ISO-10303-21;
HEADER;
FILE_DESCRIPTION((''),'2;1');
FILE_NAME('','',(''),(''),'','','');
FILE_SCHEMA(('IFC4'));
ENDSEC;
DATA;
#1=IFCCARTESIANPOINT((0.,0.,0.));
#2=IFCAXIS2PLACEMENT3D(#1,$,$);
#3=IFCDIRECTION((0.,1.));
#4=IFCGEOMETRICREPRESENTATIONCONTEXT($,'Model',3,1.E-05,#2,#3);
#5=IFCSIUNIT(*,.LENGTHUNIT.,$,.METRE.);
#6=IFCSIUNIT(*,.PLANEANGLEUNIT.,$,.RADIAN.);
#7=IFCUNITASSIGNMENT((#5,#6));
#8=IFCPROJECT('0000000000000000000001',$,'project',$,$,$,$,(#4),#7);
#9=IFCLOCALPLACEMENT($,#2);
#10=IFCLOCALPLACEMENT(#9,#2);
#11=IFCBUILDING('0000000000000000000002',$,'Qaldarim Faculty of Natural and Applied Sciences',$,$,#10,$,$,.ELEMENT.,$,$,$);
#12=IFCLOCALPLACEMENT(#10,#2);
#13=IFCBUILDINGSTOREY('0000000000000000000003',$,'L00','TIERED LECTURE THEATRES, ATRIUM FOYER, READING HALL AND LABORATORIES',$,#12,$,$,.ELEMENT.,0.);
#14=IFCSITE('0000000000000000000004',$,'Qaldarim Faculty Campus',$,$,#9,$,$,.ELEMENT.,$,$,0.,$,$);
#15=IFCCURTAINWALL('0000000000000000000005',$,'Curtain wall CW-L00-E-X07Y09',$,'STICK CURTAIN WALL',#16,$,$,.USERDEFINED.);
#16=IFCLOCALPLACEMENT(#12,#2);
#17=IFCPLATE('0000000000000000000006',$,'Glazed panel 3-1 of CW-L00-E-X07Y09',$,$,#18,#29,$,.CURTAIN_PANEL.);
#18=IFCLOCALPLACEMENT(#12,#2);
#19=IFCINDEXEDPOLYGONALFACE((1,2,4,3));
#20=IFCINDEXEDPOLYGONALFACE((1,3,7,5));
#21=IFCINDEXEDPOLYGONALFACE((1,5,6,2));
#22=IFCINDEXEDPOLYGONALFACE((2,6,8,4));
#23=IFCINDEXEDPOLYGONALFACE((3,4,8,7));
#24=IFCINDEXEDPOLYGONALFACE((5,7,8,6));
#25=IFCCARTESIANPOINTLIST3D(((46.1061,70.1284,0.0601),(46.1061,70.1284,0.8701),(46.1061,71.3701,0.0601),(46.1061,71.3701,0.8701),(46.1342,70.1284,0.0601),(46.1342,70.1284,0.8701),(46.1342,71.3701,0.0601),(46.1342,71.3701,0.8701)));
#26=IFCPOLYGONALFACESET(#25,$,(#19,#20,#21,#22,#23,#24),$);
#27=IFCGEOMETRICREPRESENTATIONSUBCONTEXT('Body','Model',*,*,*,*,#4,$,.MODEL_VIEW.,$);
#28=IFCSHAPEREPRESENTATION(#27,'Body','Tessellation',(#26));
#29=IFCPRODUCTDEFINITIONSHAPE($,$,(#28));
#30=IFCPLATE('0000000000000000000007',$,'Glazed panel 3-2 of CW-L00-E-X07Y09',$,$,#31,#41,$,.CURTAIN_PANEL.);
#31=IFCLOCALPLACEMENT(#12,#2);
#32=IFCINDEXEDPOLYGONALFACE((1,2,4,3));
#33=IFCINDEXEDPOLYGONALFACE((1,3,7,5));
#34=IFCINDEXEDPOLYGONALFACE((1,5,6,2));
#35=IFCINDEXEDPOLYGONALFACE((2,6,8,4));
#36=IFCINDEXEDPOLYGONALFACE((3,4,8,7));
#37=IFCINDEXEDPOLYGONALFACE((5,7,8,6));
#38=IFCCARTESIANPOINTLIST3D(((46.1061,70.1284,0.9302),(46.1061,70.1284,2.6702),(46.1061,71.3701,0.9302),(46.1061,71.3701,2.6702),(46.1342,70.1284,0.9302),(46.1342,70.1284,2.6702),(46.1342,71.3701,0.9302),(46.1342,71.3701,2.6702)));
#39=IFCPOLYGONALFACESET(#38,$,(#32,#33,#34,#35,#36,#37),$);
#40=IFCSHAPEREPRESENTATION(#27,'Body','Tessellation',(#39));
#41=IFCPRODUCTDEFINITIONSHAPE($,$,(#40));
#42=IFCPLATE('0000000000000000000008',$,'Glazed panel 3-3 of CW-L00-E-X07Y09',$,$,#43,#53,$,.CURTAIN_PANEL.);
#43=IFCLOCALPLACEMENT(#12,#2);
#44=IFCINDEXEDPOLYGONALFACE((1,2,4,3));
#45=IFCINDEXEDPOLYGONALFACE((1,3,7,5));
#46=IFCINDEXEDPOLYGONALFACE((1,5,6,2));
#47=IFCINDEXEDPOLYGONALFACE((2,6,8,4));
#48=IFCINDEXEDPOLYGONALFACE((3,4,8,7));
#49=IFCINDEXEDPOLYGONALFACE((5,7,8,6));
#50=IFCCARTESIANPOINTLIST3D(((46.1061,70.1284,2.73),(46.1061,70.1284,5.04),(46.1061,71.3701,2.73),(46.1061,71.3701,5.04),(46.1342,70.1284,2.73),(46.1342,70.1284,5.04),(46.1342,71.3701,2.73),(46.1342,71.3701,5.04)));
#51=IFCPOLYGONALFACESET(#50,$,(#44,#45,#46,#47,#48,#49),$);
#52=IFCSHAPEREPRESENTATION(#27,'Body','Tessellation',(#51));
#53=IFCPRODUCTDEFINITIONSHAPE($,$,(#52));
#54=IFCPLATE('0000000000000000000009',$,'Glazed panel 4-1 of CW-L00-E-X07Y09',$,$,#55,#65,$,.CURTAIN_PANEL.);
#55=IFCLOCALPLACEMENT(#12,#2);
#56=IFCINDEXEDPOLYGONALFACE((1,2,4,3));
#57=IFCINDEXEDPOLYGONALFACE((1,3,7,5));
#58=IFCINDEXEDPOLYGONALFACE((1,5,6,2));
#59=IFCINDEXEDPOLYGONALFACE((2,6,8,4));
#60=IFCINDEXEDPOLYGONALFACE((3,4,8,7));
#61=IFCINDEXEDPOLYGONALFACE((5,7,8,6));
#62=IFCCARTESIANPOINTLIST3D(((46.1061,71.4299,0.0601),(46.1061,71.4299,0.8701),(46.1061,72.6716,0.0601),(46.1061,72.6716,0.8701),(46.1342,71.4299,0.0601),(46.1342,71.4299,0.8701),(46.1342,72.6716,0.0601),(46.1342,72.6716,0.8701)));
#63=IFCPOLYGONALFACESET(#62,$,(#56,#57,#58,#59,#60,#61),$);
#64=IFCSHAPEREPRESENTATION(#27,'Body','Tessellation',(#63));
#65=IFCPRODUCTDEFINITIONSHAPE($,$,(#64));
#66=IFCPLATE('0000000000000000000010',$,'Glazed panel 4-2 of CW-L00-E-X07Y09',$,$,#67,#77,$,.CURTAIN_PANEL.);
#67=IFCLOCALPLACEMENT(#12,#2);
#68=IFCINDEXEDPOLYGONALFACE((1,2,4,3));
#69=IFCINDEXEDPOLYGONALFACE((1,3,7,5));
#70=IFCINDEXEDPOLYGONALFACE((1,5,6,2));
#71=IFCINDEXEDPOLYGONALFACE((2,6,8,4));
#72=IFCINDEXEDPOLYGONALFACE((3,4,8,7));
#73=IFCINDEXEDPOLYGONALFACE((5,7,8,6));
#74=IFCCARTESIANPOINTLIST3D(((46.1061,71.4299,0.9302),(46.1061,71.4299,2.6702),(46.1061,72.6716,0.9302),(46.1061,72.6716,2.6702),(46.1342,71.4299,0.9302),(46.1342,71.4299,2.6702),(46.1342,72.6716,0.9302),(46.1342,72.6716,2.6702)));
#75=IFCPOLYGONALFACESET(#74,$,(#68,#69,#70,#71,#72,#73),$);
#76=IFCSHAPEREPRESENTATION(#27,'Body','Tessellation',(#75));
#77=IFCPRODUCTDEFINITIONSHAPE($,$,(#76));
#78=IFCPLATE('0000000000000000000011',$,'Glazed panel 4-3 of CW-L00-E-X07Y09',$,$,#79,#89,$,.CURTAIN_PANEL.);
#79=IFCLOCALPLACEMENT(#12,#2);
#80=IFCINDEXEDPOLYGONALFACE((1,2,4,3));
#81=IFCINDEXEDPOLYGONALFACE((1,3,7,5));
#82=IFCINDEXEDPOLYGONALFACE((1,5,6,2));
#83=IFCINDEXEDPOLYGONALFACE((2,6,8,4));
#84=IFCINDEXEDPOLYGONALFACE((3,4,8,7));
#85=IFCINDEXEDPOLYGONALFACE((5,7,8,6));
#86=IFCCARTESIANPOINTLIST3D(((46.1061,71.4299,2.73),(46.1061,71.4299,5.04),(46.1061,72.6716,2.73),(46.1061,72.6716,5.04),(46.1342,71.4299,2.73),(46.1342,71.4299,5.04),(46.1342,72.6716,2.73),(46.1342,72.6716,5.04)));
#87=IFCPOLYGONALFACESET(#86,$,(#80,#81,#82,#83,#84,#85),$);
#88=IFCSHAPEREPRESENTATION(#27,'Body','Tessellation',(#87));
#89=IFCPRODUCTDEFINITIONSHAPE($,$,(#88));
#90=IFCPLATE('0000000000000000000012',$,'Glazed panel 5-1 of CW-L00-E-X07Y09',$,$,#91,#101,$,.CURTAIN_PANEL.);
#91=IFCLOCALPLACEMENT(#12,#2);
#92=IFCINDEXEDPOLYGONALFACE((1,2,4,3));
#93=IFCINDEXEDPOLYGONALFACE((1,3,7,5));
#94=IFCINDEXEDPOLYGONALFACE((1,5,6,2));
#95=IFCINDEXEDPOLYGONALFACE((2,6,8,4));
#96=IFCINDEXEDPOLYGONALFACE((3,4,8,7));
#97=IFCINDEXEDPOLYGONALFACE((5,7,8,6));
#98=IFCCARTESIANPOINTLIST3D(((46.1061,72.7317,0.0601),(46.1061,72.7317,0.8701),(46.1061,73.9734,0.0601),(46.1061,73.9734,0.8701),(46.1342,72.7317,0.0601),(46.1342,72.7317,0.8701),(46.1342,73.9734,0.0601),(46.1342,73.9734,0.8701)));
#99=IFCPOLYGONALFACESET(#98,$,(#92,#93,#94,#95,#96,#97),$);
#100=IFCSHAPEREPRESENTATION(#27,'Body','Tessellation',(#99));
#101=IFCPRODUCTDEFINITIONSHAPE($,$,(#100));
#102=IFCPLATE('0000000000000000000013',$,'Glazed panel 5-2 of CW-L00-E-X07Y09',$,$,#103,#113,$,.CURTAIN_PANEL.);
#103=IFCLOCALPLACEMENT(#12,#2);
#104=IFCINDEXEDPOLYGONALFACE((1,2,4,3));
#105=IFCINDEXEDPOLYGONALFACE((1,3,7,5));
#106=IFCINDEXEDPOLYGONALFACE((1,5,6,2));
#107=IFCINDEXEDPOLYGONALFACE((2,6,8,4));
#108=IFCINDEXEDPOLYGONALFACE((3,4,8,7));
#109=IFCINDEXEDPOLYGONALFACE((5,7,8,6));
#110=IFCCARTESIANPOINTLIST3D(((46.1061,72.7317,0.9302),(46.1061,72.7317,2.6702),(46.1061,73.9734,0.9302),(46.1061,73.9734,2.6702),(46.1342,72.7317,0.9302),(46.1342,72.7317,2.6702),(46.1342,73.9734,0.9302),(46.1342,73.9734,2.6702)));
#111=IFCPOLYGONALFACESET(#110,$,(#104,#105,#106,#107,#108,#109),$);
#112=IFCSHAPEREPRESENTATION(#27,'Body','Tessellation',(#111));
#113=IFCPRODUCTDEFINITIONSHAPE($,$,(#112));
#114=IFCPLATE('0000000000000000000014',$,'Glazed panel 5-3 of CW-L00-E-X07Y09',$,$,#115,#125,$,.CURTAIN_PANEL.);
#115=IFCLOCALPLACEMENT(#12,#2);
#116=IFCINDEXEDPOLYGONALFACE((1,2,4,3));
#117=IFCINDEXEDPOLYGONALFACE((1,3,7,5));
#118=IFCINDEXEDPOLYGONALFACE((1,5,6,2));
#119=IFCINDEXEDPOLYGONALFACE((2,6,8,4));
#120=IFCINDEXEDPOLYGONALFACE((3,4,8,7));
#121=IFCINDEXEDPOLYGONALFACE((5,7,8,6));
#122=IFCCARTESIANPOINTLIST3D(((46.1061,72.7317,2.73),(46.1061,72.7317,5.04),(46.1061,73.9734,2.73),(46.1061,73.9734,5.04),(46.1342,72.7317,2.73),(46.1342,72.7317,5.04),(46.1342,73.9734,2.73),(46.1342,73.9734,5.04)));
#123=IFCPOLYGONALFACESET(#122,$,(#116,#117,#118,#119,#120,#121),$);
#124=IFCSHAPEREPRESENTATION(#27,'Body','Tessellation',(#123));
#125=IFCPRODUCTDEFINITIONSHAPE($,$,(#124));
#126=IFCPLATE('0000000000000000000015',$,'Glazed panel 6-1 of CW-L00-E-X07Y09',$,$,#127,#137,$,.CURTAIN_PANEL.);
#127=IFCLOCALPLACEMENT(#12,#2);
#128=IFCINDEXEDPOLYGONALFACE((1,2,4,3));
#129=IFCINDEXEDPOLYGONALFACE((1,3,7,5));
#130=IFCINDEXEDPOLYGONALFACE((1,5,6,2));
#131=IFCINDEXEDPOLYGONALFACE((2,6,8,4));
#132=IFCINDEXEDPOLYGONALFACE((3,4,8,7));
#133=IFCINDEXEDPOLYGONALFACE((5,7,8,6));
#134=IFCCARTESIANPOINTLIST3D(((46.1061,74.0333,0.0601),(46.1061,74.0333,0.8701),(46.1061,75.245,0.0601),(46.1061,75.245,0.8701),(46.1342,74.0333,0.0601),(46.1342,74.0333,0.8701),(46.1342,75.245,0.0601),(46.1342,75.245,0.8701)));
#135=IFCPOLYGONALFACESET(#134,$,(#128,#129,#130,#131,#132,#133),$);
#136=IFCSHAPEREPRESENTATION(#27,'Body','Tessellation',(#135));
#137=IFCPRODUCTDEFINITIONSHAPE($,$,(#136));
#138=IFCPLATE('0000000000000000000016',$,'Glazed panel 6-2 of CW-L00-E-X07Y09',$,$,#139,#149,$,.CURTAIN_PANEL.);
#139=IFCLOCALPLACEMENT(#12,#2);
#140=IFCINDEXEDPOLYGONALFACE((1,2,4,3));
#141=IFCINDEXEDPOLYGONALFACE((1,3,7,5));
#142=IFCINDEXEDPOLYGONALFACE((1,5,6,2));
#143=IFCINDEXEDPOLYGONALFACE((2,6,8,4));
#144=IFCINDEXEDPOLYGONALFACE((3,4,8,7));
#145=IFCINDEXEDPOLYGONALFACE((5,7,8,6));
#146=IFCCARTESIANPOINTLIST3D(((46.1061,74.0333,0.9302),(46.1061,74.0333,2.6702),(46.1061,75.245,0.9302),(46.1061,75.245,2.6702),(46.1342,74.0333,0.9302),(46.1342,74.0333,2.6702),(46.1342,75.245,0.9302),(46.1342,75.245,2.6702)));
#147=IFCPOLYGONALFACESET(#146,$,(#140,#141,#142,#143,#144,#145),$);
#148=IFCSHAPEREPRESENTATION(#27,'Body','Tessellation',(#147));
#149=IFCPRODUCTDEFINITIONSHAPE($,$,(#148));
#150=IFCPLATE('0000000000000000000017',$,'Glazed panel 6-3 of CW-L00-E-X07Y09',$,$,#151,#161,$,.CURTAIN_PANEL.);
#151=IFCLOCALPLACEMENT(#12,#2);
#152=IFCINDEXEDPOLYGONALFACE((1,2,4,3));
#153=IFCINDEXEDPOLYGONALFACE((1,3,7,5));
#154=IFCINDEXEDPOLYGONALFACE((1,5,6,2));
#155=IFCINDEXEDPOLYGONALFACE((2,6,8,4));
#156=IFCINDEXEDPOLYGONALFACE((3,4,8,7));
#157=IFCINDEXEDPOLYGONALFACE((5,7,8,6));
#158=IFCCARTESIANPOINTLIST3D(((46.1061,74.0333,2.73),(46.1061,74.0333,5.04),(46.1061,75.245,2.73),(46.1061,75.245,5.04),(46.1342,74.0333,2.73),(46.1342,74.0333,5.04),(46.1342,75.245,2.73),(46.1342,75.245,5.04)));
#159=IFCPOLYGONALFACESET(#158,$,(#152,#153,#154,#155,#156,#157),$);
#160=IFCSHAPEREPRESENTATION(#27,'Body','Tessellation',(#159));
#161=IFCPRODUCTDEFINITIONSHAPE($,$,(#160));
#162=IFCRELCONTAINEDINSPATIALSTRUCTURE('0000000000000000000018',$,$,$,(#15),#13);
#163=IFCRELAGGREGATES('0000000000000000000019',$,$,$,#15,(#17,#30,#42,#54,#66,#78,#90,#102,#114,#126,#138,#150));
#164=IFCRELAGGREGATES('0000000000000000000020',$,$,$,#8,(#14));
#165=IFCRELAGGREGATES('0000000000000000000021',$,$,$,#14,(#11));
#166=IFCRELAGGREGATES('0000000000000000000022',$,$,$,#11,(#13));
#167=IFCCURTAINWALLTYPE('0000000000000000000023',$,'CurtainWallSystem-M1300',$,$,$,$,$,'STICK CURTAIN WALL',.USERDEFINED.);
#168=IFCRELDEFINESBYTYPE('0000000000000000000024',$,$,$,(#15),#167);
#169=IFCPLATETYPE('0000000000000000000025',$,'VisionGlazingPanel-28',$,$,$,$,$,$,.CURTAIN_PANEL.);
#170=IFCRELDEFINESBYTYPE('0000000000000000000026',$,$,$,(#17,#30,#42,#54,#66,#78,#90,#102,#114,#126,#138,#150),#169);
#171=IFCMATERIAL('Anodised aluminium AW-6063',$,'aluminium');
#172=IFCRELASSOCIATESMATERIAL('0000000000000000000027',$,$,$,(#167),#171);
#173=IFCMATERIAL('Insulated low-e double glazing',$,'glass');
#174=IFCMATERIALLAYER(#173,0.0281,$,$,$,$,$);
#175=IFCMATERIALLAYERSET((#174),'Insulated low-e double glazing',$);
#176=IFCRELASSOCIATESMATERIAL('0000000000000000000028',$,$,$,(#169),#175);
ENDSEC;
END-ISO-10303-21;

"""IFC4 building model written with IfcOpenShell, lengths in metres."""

from ifc_helpers import new_model, si_unit, direction, frame, origin, origin_2d, place, context, subcontext, project, spatial, rectangle, extrude, material, layer, layer_set, type_object, element, aggregate, save


model = new_model("IFC4")

# Units and contexts
model_context = context("Model", 3, precision=1e-05, world=origin(), true_north=direction((0.0, 1.0)))
body_context = subcontext(model_context, "Body", "Model", "MODEL_VIEW")
ifc_project = project(units=[si_unit("LENGTHUNIT", "METRE"), si_unit("PLANEANGLEUNIT", "RADIAN")], contexts=[model_context])

# Site, building, storey
site_placement = place(None, origin())
site = spatial("IfcSite", under=ifc_project, at=site_placement, Name="Qaldarim Faculty Campus", CompositionType="ELEMENT", RefElevation=0.0)
building_placement = place(site_placement, origin())
building = spatial("IfcBuilding", under=site, at=building_placement, Name="Qaldarim Faculty of Natural and Applied Sciences", CompositionType="ELEMENT")
storey_placement = place(building_placement, origin())
storey = spatial("IfcBuildingStorey", under=building, at=storey_placement, Name="L00", Description="TIERED LECTURE THEATRES, ATRIUM FOYER, READING HALL AND LABORATORIES", CompositionType="ELEMENT", Elevation=0.0)

# Curtain wall, plates
ifc_material_1 = material(Name="Anodised aluminium AW-6063", Category="aluminium")
curtain_wall_type = type_object("IfcCurtainWallType", Name="CurtainWallSystem-M1300", ElementType="STICK CURTAIN WALL", PredefinedType="USERDEFINED", material=ifc_material_1)
curtain_wall_placement = place(storey_placement, origin())
curtain_wall = element("IfcCurtainWall", 1, at=curtain_wall_placement, inside=storey, type_object=curtain_wall_type, Name="Curtain wall CW-L00-E-X07Y09", ObjectType="STICK CURTAIN WALL", PredefinedType="USERDEFINED")
ifc_material_2 = material(Name="Insulated low-e double glazing", Category="glass")
ifc_layer_1 = layer(ifc_material_2, 0.0281)
ifc_layer_set_1 = layer_set([ifc_layer_1], Name="Insulated low-e double glazing")
plate_type = type_object("IfcPlateType", Name="VisionGlazingPanel-28", PredefinedType="CURTAIN_PANEL", material=ifc_layer_set_1)
plate_1_placement = place(storey_placement, frame((46.1201, 70.7493, 0.0601), z_axis=(0.0, 0.0, 1.0), x_axis=(0.0, 1.0, 0.0)))
plate_1 = element("IfcPlate", 2, at=plate_1_placement, type_object=plate_type, Name="Glazed panel 3-1 of CW-L00-E-X07Y09", PredefinedType="CURTAIN_PANEL", context=body_context, shape_type="SweptSolid", body=[
    extrude(rectangle(XDim=1.2417, YDim=0.0281, at=origin_2d()), origin(), (0.0, 0.0, 1.0), 0.8101),
])
plate_2_placement = place(storey_placement, frame((46.1201, 70.7493, 0.9302), z_axis=(0.0, 0.0, 1.0), x_axis=(0.0, 1.0, 0.0)))
plate_2 = element("IfcPlate", 3, at=plate_2_placement, type_object=plate_type, Name="Glazed panel 3-2 of CW-L00-E-X07Y09", PredefinedType="CURTAIN_PANEL", context=body_context, shape_type="SweptSolid", body=[
    extrude(rectangle(XDim=1.2417, YDim=0.0281, at=origin_2d()), origin(), (0.0, 0.0, 1.0), 1.74),
])
plate_3_placement = place(storey_placement, frame((46.1201, 70.7493, 2.73), z_axis=(0.0, 0.0, 1.0), x_axis=(0.0, 1.0, 0.0)))
plate_3 = element("IfcPlate", 4, at=plate_3_placement, type_object=plate_type, Name="Glazed panel 3-3 of CW-L00-E-X07Y09", PredefinedType="CURTAIN_PANEL", context=body_context, shape_type="SweptSolid", body=[
    extrude(rectangle(XDim=1.2417, YDim=0.0281, at=origin_2d()), origin(), (0.0, 0.0, 1.0), 2.3101),
])
plate_4_placement = place(storey_placement, frame((46.1201, 72.0508, 0.0601), z_axis=(0.0, 0.0, 1.0), x_axis=(0.0, 1.0, 0.0)))
plate_4 = element("IfcPlate", 5, at=plate_4_placement, type_object=plate_type, Name="Glazed panel 4-1 of CW-L00-E-X07Y09", PredefinedType="CURTAIN_PANEL", context=body_context, shape_type="SweptSolid", body=[
    extrude(rectangle(XDim=1.2417, YDim=0.0281, at=origin_2d()), origin(), (0.0, 0.0, 1.0), 0.8101),
])
plate_5_placement = place(storey_placement, frame((46.1201, 72.0508, 0.9302), z_axis=(0.0, 0.0, 1.0), x_axis=(0.0, 1.0, 0.0)))
plate_5 = element("IfcPlate", 6, at=plate_5_placement, type_object=plate_type, Name="Glazed panel 4-2 of CW-L00-E-X07Y09", PredefinedType="CURTAIN_PANEL", context=body_context, shape_type="SweptSolid", body=[
    extrude(rectangle(XDim=1.2417, YDim=0.0281, at=origin_2d()), origin(), (0.0, 0.0, 1.0), 1.74),
])
plate_6_placement = place(storey_placement, frame((46.1201, 72.0508, 2.73), z_axis=(0.0, 0.0, 1.0), x_axis=(0.0, 1.0, 0.0)))
plate_6 = element("IfcPlate", 7, at=plate_6_placement, type_object=plate_type, Name="Glazed panel 4-3 of CW-L00-E-X07Y09", PredefinedType="CURTAIN_PANEL", context=body_context, shape_type="SweptSolid", body=[
    extrude(rectangle(XDim=1.2417, YDim=0.0281, at=origin_2d()), origin(), (0.0, 0.0, 1.0), 2.3101),
])
plate_7_placement = place(storey_placement, frame((46.1201, 73.3525, 0.0601), z_axis=(0.0, 0.0, 1.0), x_axis=(0.0, 1.0, 0.0)))
plate_7 = element("IfcPlate", 8, at=plate_7_placement, type_object=plate_type, Name="Glazed panel 5-1 of CW-L00-E-X07Y09", PredefinedType="CURTAIN_PANEL", context=body_context, shape_type="SweptSolid", body=[
    extrude(rectangle(XDim=1.2417, YDim=0.0281, at=origin_2d()), origin(), (0.0, 0.0, 1.0), 0.8101),
])
plate_8_placement = place(storey_placement, frame((46.1201, 73.3525, 0.9302), z_axis=(0.0, 0.0, 1.0), x_axis=(0.0, 1.0, 0.0)))
plate_8 = element("IfcPlate", 9, at=plate_8_placement, type_object=plate_type, Name="Glazed panel 5-2 of CW-L00-E-X07Y09", PredefinedType="CURTAIN_PANEL", context=body_context, shape_type="SweptSolid", body=[
    extrude(rectangle(XDim=1.2417, YDim=0.0281, at=origin_2d()), origin(), (0.0, 0.0, 1.0), 1.74),
])
plate_9_placement = place(storey_placement, frame((46.1201, 73.3525, 2.73), z_axis=(0.0, 0.0, 1.0), x_axis=(0.0, 1.0, 0.0)))
plate_9 = element("IfcPlate", 10, at=plate_9_placement, type_object=plate_type, Name="Glazed panel 5-3 of CW-L00-E-X07Y09", PredefinedType="CURTAIN_PANEL", context=body_context, shape_type="SweptSolid", body=[
    extrude(rectangle(XDim=1.2417, YDim=0.0281, at=origin_2d()), origin(), (0.0, 0.0, 1.0), 2.3101),
])
plate_10_placement = place(storey_placement, frame((46.1201, 74.6392, 0.0601), z_axis=(0.0, 0.0, 1.0), x_axis=(0.0, 1.0, 0.0)))
plate_10 = element("IfcPlate", 11, at=plate_10_placement, type_object=plate_type, Name="Glazed panel 6-1 of CW-L00-E-X07Y09", PredefinedType="CURTAIN_PANEL", context=body_context, shape_type="SweptSolid", body=[
    extrude(rectangle(XDim=1.2117, YDim=0.0281, at=origin_2d()), origin(), (0.0, 0.0, 1.0), 0.8101),
])
plate_11_placement = place(storey_placement, frame((46.1201, 74.6392, 0.9302), z_axis=(0.0, 0.0, 1.0), x_axis=(0.0, 1.0, 0.0)))
plate_11 = element("IfcPlate", 12, at=plate_11_placement, type_object=plate_type, Name="Glazed panel 6-2 of CW-L00-E-X07Y09", PredefinedType="CURTAIN_PANEL", context=body_context, shape_type="SweptSolid", body=[
    extrude(rectangle(XDim=1.2117, YDim=0.0281, at=origin_2d()), origin(), (0.0, 0.0, 1.0), 1.74),
])
plate_12_placement = place(storey_placement, frame((46.1201, 74.6392, 2.73), z_axis=(0.0, 0.0, 1.0), x_axis=(0.0, 1.0, 0.0)))
plate_12 = element("IfcPlate", 13, at=plate_12_placement, type_object=plate_type, Name="Glazed panel 6-3 of CW-L00-E-X07Y09", PredefinedType="CURTAIN_PANEL", context=body_context, shape_type="SweptSolid", body=[
    extrude(rectangle(XDim=1.2117, YDim=0.0281, at=origin_2d()), origin(), (0.0, 0.0, 1.0), 2.3101),
])
aggregate(curtain_wall, [plate_1, plate_2, plate_3, plate_4, plate_5, plate_6, plate_7, plate_8, plate_9, plate_10, plate_11, plate_12])

save(model, "model.ifc")
